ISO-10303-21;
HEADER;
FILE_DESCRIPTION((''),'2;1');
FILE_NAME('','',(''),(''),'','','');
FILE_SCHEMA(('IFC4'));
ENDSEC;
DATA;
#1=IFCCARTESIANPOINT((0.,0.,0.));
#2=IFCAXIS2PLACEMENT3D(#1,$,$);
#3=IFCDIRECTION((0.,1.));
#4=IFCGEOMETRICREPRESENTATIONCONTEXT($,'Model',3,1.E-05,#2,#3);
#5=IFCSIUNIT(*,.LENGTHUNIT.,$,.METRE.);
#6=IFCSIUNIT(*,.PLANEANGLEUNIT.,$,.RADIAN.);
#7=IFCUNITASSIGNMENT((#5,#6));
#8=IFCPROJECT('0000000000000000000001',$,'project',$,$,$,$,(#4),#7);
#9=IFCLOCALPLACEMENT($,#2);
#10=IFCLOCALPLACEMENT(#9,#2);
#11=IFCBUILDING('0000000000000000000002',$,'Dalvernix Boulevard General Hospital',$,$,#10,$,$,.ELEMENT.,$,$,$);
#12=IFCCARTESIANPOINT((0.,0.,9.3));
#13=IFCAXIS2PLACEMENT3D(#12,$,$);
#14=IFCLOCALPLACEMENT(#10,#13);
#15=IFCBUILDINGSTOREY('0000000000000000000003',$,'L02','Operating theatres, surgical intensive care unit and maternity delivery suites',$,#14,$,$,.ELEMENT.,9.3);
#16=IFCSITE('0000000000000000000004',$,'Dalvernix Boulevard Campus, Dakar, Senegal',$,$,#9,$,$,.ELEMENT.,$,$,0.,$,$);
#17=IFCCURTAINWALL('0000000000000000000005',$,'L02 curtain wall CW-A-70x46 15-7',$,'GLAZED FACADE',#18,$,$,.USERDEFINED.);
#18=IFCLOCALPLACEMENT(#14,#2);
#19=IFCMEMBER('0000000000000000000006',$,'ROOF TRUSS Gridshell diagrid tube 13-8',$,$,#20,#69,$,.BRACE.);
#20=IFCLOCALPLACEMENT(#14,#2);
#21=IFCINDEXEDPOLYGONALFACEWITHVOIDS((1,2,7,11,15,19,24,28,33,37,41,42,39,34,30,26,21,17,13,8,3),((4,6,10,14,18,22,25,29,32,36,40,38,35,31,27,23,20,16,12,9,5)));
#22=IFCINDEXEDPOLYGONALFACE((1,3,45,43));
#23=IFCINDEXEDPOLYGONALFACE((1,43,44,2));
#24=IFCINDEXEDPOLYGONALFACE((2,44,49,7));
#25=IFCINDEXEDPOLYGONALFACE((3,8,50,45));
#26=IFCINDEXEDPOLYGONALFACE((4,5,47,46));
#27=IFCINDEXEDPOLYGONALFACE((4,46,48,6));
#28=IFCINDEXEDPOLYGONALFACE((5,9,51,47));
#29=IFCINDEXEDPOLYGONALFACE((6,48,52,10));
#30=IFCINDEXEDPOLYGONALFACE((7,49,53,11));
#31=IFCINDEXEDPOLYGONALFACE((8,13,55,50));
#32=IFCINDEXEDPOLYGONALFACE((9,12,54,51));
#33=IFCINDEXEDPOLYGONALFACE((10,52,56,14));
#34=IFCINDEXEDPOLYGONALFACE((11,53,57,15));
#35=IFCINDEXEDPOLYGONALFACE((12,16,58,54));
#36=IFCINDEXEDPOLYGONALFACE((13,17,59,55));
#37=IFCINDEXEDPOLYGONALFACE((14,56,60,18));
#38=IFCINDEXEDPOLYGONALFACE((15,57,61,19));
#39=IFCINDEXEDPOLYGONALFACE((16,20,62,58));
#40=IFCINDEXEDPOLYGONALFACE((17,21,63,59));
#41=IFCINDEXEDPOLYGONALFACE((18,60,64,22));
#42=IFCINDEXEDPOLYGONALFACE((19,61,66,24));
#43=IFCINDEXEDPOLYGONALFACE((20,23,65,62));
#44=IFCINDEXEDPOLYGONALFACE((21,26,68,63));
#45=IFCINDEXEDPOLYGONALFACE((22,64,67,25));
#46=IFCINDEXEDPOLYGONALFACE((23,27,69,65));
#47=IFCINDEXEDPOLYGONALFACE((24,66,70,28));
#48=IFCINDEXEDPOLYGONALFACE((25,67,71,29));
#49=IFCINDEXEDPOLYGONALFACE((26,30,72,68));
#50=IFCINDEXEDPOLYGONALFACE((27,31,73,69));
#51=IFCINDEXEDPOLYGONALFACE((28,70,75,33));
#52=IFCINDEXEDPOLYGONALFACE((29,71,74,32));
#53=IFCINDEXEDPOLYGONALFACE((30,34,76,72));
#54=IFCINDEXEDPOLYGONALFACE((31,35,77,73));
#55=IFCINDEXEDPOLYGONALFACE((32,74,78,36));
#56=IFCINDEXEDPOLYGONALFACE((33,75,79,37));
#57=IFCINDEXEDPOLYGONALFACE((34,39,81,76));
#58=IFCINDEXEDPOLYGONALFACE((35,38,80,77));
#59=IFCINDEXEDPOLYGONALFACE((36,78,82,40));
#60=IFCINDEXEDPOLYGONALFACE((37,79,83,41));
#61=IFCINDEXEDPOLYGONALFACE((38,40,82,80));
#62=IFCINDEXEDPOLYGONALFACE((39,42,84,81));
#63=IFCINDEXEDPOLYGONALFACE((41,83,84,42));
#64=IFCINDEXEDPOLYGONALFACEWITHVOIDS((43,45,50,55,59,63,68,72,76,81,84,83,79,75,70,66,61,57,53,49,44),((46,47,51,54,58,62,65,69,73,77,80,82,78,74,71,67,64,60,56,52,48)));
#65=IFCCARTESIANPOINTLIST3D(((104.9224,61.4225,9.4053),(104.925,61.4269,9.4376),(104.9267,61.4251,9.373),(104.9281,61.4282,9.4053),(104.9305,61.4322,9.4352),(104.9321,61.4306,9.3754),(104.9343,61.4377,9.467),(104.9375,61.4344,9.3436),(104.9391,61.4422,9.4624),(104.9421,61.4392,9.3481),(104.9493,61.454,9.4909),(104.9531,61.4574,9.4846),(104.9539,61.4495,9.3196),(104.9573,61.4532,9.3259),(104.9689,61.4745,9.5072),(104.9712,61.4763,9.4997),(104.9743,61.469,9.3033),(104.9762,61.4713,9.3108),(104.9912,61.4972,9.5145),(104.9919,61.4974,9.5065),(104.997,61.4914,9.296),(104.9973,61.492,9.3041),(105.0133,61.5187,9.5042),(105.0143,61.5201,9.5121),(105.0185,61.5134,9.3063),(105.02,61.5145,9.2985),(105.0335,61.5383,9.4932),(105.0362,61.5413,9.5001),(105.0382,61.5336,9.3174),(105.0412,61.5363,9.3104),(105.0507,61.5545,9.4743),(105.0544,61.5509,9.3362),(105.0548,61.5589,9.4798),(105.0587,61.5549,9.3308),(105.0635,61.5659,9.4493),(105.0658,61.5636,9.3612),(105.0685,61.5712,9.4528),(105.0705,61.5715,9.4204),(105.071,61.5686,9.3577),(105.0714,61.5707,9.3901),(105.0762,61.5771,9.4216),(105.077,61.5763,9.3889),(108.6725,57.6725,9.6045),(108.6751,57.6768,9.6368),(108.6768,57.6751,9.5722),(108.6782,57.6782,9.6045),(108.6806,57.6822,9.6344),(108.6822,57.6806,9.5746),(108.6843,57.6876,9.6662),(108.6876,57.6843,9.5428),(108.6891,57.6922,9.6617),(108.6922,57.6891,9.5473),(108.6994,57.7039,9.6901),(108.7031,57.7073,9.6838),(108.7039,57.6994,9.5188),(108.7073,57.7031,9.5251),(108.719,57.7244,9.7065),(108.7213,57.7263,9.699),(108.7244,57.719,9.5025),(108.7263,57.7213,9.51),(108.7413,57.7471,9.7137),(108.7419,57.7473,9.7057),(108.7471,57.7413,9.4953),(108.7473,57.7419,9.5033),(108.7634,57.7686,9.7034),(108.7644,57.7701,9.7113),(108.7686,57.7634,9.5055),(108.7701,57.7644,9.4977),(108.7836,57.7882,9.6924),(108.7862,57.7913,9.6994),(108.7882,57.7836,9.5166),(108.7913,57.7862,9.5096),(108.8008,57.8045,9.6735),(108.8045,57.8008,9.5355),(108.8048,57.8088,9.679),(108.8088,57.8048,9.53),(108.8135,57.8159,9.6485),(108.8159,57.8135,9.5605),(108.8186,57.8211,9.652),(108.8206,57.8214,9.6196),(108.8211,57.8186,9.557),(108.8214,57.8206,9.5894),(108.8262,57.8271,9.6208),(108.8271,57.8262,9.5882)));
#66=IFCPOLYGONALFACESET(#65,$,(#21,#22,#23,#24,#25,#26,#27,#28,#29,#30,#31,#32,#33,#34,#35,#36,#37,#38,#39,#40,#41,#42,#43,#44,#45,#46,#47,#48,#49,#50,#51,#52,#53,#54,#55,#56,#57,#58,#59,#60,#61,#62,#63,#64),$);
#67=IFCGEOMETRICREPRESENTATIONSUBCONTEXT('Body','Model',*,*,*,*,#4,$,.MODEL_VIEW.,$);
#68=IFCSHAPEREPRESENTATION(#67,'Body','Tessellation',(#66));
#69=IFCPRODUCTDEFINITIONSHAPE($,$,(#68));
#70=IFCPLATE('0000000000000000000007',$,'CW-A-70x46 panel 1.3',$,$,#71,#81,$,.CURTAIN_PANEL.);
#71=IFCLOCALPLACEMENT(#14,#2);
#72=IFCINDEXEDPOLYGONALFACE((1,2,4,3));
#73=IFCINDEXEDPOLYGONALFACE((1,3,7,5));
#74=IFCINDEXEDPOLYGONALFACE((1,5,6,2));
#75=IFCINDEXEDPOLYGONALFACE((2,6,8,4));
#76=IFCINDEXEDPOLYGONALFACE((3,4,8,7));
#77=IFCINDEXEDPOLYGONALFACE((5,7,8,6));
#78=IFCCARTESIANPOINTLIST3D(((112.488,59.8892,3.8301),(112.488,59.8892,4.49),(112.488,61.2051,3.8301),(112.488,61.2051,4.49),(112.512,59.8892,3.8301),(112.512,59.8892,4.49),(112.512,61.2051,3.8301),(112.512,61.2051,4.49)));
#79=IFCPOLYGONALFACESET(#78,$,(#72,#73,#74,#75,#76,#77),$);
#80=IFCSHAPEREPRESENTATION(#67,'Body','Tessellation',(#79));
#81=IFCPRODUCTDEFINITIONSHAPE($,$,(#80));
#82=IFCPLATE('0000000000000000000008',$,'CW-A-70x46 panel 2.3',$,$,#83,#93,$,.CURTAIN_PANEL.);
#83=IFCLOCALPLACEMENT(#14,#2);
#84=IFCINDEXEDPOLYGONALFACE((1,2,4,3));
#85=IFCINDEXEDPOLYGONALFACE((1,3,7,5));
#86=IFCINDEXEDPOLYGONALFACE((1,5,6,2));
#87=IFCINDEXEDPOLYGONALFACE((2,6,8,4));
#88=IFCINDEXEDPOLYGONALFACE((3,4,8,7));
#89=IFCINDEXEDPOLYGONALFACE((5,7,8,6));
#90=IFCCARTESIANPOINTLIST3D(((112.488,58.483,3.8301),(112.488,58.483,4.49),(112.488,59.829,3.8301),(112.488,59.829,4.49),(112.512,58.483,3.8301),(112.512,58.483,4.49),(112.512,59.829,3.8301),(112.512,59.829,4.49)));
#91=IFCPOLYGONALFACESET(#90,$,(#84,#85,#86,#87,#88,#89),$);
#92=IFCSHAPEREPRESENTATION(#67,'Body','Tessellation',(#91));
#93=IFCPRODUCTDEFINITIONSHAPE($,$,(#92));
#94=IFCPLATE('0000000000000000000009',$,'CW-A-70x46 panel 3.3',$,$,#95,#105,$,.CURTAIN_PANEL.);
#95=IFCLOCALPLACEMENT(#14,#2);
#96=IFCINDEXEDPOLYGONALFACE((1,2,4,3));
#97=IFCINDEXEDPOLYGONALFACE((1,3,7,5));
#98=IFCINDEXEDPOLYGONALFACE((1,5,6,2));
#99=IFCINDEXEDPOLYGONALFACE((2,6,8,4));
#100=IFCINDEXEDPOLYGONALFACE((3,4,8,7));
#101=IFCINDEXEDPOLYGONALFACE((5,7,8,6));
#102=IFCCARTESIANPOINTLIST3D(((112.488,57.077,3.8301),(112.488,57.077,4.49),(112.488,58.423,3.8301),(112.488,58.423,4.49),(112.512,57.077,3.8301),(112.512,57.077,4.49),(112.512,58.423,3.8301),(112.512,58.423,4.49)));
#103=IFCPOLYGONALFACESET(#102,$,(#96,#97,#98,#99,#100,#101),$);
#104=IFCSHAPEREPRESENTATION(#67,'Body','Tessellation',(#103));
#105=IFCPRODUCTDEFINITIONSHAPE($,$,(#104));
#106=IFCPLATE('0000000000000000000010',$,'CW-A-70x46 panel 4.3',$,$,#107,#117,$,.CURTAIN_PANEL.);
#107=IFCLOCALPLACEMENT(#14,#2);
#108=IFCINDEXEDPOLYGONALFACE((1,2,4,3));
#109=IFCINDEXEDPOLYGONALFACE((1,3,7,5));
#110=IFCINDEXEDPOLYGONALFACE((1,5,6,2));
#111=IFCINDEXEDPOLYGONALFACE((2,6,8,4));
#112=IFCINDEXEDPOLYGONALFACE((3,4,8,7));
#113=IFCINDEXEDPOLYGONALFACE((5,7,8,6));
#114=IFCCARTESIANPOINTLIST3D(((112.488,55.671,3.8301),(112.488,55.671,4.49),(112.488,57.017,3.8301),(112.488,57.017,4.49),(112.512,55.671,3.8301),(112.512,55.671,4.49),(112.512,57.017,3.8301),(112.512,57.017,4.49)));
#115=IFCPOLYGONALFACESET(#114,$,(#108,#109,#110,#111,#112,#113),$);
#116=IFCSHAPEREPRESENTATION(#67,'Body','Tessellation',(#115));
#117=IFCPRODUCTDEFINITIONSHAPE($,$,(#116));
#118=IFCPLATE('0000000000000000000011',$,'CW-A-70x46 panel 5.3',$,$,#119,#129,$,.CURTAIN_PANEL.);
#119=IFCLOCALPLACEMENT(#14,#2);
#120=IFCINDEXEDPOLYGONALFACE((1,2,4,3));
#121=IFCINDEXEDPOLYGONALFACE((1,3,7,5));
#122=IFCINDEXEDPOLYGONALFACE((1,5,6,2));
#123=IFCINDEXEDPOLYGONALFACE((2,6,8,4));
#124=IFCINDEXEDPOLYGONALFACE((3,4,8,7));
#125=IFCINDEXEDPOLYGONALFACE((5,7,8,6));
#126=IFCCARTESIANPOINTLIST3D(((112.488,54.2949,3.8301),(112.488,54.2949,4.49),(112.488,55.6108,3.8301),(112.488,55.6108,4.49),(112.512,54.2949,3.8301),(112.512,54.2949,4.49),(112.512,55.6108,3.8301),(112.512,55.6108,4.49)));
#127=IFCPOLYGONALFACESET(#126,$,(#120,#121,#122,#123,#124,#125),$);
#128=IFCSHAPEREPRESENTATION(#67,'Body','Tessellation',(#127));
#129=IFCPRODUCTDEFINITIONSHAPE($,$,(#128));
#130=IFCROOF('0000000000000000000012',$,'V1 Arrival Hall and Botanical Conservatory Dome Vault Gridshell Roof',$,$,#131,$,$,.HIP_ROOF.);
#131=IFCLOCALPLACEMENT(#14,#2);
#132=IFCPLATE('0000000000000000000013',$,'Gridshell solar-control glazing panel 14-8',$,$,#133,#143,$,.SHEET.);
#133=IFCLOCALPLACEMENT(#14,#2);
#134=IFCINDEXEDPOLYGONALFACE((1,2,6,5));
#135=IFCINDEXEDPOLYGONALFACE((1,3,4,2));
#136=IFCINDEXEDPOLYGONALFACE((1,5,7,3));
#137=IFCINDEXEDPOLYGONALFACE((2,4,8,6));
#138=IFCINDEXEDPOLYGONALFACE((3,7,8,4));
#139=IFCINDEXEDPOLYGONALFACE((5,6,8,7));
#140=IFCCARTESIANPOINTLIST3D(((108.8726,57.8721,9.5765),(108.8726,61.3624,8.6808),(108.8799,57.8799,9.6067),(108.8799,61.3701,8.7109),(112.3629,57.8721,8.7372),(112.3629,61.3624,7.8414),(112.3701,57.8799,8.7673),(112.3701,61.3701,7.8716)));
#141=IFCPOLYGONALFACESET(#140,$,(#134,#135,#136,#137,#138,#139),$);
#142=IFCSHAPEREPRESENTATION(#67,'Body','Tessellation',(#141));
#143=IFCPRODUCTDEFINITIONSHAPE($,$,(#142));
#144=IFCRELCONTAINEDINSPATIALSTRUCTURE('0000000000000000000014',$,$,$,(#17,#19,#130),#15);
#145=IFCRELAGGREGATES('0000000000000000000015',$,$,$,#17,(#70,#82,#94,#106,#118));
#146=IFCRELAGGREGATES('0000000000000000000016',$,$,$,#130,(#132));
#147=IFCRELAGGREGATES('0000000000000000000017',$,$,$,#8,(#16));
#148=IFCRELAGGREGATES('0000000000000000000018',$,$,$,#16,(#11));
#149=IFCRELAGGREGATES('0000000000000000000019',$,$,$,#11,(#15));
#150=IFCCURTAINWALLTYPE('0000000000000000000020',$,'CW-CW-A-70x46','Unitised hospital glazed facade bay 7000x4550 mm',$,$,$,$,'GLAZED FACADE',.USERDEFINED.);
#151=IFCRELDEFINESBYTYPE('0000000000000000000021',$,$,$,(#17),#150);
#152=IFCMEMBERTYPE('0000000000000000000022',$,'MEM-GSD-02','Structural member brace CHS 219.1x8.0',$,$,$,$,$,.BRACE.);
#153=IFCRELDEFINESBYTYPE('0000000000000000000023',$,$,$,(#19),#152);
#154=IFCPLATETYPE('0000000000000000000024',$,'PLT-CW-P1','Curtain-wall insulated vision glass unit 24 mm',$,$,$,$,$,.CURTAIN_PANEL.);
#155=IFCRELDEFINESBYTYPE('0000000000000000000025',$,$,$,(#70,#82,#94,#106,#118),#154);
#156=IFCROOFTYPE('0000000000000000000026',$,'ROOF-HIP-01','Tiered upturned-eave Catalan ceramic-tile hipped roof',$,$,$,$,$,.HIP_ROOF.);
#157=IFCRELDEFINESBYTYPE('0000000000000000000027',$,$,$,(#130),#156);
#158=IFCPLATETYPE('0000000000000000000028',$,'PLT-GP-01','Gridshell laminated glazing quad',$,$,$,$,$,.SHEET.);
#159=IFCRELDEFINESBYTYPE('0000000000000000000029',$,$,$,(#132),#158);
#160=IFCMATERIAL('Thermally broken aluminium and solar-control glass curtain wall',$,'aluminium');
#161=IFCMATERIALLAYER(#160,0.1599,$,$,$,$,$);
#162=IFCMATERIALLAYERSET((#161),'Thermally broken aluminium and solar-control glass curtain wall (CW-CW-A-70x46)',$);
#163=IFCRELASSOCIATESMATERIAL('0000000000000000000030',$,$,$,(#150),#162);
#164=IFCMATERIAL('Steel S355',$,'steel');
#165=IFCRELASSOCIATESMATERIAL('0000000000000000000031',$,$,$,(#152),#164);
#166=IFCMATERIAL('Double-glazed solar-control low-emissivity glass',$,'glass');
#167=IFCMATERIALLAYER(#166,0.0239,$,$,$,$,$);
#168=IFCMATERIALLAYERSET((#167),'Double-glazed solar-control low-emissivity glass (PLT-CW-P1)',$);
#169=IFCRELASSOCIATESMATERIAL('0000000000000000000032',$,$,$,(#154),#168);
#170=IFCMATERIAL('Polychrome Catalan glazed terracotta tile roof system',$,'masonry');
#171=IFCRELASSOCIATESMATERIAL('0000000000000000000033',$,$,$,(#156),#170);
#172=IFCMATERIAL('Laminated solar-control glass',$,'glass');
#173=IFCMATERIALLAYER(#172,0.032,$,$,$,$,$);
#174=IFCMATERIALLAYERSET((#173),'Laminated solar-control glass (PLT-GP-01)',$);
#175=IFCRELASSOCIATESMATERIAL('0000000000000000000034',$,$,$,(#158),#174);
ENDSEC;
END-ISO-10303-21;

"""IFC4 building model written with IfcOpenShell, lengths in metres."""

from ifc_helpers import new_model, si_unit, direction, frame, origin, origin_2d, place, context, subcontext, project, spatial, polyline, rectangle, hollow_circle, outline, extrude, material, layer, layer_set, material_profile, profile_set, type_object, element, aggregate, save


model = new_model("IFC4")

# Units and contexts
model_context = context("Model", 3, precision=1e-05, world=origin(), true_north=direction((0.0, 1.0)))
body_context = subcontext(model_context, "Body", "Model", "MODEL_VIEW")
ifc_project = project(units=[si_unit("LENGTHUNIT", "METRE"), si_unit("PLANEANGLEUNIT", "RADIAN")], contexts=[model_context])

# Site, building, storey
site_placement = place(None, origin())
site = spatial("IfcSite", under=ifc_project, at=site_placement, Name="Dalvernix Boulevard Campus, Dakar, Senegal", CompositionType="ELEMENT", RefElevation=0.0)
building_placement = place(site_placement, origin())
building = spatial("IfcBuilding", under=site, at=building_placement, Name="Dalvernix Boulevard General Hospital", CompositionType="ELEMENT")
storey_placement = place(building_placement, frame((0.0, 0.0, 9.3)))
storey = spatial("IfcBuildingStorey", under=building, at=storey_placement, Name="L02", Description="Operating theatres, surgical intensive care unit and maternity delivery suites", CompositionType="ELEMENT", Elevation=9.3)

# Curtain wall
ifc_material_1 = material(Name="Thermally broken aluminium and solar-control glass curtain wall", Category="aluminium")
ifc_layer_1 = layer(ifc_material_1, 0.1599)
ifc_layer_set_1 = layer_set([ifc_layer_1], Name="Thermally broken aluminium and solar-control glass curtain wall (CW-CW-A-70x46)")
curtain_wall_type = type_object("IfcCurtainWallType", Name="CW-CW-A-70x46", Description="Unitised hospital glazed facade bay 7000x4550 mm", ElementType="GLAZED FACADE", PredefinedType="USERDEFINED", material=ifc_layer_set_1)
curtain_wall_placement = place(storey_placement, origin())
curtain_wall = element("IfcCurtainWall", 1, at=curtain_wall_placement, inside=storey, type_object=curtain_wall_type, Name="L02 curtain wall CW-A-70x46 15-7", ObjectType="GLAZED FACADE", PredefinedType="USERDEFINED")

# Member
ifc_material_2 = material(Name="Steel S355", Category="steel")
ifc_material_profile_1 = material_profile(ifc_material_2, hollow_circle(Radius=0.1096, WallThickness=0.0081, at=origin_2d()), Name="CHS 219.1x8.0")
ifc_profile_set_1 = profile_set([ifc_material_profile_1], Name="Steel S355")
member_type_1 = type_object("IfcMemberType", Name="MEM-GSD-02", Description="Structural member brace CHS 219.1x8.0", PredefinedType="BRACE", material=ifc_profile_set_1)
member_1_placement = place(storey_placement, frame((108.75, 57.75, 9.6045), z_axis=(-0.706608, 0.706608, -0.037539), x_axis=(-0.707107, -0.707107, 0.0)))
element("IfcMember", 2, at=member_1_placement, inside=storey, type_object=member_type_1, Name="ROOF TRUSS Gridshell diagrid tube 13-8", PredefinedType="BRACE", context=body_context, shape_type="SweptSolid", body=[
    extrude(hollow_circle(Radius=0.1096, WallThickness=0.0081, at=origin_2d()), origin(), (0.0, 0.0, 1.0), 5.3071),
])

# Plates
ifc_material_3 = material(Name="Double-glazed solar-control low-emissivity glass", Category="glass")
ifc_layer_2 = layer(ifc_material_3, 0.0239)
ifc_layer_set_2 = layer_set([ifc_layer_2], Name="Double-glazed solar-control low-emissivity glass (PLT-CW-P1)")
plate_type_1 = type_object("IfcPlateType", Name="PLT-CW-P1", Description="Curtain-wall insulated vision glass unit 24 mm", PredefinedType="CURTAIN_PANEL", material=ifc_layer_set_2)
plate_1_placement = place(storey_placement, frame((112.5, 60.5471, 3.8301), z_axis=(0.0, 0.0, 1.0), x_axis=(0.0, -1.0, 0.0)))
plate_1 = element("IfcPlate", 3, at=plate_1_placement, type_object=plate_type_1, Name="CW-A-70x46 panel 1.3", PredefinedType="CURTAIN_PANEL", context=body_context, shape_type="SweptSolid", body=[
    extrude(rectangle(XDim=1.3159, YDim=0.0239, at=origin_2d()), origin(), (0.0, 0.0, 1.0), 0.6599),
])
plate_2_placement = place(storey_placement, frame((112.5, 59.156, 3.8301), z_axis=(0.0, 0.0, 1.0), x_axis=(0.0, -1.0, 0.0)))
plate_2 = element("IfcPlate", 4, at=plate_2_placement, type_object=plate_type_1, Name="CW-A-70x46 panel 2.3", PredefinedType="CURTAIN_PANEL", context=body_context, shape_type="SweptSolid", body=[
    extrude(rectangle(XDim=1.3459, YDim=0.0239, at=origin_2d()), origin(), (0.0, 0.0, 1.0), 0.6599),
])
plate_3_placement = place(storey_placement, frame((112.5, 57.75, 3.8301), z_axis=(0.0, 0.0, 1.0), x_axis=(0.0, -1.0, 0.0)))
plate_3 = element("IfcPlate", 5, at=plate_3_placement, type_object=plate_type_1, Name="CW-A-70x46 panel 3.3", PredefinedType="CURTAIN_PANEL", context=body_context, shape_type="SweptSolid", body=[
    extrude(rectangle(XDim=1.3459, YDim=0.0239, at=origin_2d()), origin(), (0.0, 0.0, 1.0), 0.6599),
])
plate_4_placement = place(storey_placement, frame((112.5, 56.344, 3.8301), z_axis=(0.0, 0.0, 1.0), x_axis=(0.0, -1.0, 0.0)))
plate_4 = element("IfcPlate", 6, at=plate_4_placement, type_object=plate_type_1, Name="CW-A-70x46 panel 4.3", PredefinedType="CURTAIN_PANEL", context=body_context, shape_type="SweptSolid", body=[
    extrude(rectangle(XDim=1.3459, YDim=0.0239, at=origin_2d()), origin(), (0.0, 0.0, 1.0), 0.6599),
])
plate_5_placement = place(storey_placement, frame((112.5, 54.9529, 3.8301), z_axis=(0.0, 0.0, 1.0), x_axis=(0.0, -1.0, 0.0)))
plate_5 = element("IfcPlate", 7, at=plate_5_placement, type_object=plate_type_1, Name="CW-A-70x46 panel 5.3", PredefinedType="CURTAIN_PANEL", context=body_context, shape_type="SweptSolid", body=[
    extrude(rectangle(XDim=1.3159, YDim=0.0239, at=origin_2d()), origin(), (0.0, 0.0, 1.0), 0.6599),
])
aggregate(curtain_wall, [plate_1, plate_2, plate_3, plate_4, plate_5])

# Roof, plate
ifc_material_4 = material(Name="Polychrome Catalan glazed terracotta tile roof system", Category="masonry")
roof_type = type_object("IfcRoofType", Name="ROOF-HIP-01", Description="Tiered upturned-eave Catalan ceramic-tile hipped roof", PredefinedType="HIP_ROOF", material=ifc_material_4)
roof_placement = place(storey_placement, origin())
roof = element("IfcRoof", 8, at=roof_placement, inside=storey, type_object=roof_type, Name="V1 Arrival Hall and Botanical Conservatory Dome Vault Gridshell Roof", PredefinedType="HIP_ROOF")
ifc_material_5 = material(Name="Laminated solar-control glass", Category="glass")
ifc_layer_3 = layer(ifc_material_5, 0.032)
ifc_layer_set_3 = layer_set([ifc_layer_3], Name="Laminated solar-control glass (PLT-GP-01)")
plate_type_2 = type_object("IfcPlateType", Name="PLT-GP-01", Description="Gridshell laminated glazing quad", PredefinedType="SHEET", material=ifc_layer_set_3)
plate_6_placement = place(storey_placement, frame((108.8799, 57.8799, 9.6067), z_axis=(0.226864, 0.242107, 0.943354), x_axis=(0.97228, 0.0, -0.233821)))
plate_6 = element("IfcPlate", 9, at=plate_6_placement, type_object=plate_type_2, Name="Gridshell solar-control glazing panel 14-8", PredefinedType="SHEET", context=body_context, shape_type="SweptSolid", body=[
    extrude(outline(polyline([(0.0, 0.0), (3.5897, 0.0), (3.7992, 3.5973), (0.2094, 3.5973), (0.0, 0.0)])), origin(), (0.0, 0.0, -1.0), 0.032),
])
aggregate(roof, [plate_6])

save(model, "model.ifc")
